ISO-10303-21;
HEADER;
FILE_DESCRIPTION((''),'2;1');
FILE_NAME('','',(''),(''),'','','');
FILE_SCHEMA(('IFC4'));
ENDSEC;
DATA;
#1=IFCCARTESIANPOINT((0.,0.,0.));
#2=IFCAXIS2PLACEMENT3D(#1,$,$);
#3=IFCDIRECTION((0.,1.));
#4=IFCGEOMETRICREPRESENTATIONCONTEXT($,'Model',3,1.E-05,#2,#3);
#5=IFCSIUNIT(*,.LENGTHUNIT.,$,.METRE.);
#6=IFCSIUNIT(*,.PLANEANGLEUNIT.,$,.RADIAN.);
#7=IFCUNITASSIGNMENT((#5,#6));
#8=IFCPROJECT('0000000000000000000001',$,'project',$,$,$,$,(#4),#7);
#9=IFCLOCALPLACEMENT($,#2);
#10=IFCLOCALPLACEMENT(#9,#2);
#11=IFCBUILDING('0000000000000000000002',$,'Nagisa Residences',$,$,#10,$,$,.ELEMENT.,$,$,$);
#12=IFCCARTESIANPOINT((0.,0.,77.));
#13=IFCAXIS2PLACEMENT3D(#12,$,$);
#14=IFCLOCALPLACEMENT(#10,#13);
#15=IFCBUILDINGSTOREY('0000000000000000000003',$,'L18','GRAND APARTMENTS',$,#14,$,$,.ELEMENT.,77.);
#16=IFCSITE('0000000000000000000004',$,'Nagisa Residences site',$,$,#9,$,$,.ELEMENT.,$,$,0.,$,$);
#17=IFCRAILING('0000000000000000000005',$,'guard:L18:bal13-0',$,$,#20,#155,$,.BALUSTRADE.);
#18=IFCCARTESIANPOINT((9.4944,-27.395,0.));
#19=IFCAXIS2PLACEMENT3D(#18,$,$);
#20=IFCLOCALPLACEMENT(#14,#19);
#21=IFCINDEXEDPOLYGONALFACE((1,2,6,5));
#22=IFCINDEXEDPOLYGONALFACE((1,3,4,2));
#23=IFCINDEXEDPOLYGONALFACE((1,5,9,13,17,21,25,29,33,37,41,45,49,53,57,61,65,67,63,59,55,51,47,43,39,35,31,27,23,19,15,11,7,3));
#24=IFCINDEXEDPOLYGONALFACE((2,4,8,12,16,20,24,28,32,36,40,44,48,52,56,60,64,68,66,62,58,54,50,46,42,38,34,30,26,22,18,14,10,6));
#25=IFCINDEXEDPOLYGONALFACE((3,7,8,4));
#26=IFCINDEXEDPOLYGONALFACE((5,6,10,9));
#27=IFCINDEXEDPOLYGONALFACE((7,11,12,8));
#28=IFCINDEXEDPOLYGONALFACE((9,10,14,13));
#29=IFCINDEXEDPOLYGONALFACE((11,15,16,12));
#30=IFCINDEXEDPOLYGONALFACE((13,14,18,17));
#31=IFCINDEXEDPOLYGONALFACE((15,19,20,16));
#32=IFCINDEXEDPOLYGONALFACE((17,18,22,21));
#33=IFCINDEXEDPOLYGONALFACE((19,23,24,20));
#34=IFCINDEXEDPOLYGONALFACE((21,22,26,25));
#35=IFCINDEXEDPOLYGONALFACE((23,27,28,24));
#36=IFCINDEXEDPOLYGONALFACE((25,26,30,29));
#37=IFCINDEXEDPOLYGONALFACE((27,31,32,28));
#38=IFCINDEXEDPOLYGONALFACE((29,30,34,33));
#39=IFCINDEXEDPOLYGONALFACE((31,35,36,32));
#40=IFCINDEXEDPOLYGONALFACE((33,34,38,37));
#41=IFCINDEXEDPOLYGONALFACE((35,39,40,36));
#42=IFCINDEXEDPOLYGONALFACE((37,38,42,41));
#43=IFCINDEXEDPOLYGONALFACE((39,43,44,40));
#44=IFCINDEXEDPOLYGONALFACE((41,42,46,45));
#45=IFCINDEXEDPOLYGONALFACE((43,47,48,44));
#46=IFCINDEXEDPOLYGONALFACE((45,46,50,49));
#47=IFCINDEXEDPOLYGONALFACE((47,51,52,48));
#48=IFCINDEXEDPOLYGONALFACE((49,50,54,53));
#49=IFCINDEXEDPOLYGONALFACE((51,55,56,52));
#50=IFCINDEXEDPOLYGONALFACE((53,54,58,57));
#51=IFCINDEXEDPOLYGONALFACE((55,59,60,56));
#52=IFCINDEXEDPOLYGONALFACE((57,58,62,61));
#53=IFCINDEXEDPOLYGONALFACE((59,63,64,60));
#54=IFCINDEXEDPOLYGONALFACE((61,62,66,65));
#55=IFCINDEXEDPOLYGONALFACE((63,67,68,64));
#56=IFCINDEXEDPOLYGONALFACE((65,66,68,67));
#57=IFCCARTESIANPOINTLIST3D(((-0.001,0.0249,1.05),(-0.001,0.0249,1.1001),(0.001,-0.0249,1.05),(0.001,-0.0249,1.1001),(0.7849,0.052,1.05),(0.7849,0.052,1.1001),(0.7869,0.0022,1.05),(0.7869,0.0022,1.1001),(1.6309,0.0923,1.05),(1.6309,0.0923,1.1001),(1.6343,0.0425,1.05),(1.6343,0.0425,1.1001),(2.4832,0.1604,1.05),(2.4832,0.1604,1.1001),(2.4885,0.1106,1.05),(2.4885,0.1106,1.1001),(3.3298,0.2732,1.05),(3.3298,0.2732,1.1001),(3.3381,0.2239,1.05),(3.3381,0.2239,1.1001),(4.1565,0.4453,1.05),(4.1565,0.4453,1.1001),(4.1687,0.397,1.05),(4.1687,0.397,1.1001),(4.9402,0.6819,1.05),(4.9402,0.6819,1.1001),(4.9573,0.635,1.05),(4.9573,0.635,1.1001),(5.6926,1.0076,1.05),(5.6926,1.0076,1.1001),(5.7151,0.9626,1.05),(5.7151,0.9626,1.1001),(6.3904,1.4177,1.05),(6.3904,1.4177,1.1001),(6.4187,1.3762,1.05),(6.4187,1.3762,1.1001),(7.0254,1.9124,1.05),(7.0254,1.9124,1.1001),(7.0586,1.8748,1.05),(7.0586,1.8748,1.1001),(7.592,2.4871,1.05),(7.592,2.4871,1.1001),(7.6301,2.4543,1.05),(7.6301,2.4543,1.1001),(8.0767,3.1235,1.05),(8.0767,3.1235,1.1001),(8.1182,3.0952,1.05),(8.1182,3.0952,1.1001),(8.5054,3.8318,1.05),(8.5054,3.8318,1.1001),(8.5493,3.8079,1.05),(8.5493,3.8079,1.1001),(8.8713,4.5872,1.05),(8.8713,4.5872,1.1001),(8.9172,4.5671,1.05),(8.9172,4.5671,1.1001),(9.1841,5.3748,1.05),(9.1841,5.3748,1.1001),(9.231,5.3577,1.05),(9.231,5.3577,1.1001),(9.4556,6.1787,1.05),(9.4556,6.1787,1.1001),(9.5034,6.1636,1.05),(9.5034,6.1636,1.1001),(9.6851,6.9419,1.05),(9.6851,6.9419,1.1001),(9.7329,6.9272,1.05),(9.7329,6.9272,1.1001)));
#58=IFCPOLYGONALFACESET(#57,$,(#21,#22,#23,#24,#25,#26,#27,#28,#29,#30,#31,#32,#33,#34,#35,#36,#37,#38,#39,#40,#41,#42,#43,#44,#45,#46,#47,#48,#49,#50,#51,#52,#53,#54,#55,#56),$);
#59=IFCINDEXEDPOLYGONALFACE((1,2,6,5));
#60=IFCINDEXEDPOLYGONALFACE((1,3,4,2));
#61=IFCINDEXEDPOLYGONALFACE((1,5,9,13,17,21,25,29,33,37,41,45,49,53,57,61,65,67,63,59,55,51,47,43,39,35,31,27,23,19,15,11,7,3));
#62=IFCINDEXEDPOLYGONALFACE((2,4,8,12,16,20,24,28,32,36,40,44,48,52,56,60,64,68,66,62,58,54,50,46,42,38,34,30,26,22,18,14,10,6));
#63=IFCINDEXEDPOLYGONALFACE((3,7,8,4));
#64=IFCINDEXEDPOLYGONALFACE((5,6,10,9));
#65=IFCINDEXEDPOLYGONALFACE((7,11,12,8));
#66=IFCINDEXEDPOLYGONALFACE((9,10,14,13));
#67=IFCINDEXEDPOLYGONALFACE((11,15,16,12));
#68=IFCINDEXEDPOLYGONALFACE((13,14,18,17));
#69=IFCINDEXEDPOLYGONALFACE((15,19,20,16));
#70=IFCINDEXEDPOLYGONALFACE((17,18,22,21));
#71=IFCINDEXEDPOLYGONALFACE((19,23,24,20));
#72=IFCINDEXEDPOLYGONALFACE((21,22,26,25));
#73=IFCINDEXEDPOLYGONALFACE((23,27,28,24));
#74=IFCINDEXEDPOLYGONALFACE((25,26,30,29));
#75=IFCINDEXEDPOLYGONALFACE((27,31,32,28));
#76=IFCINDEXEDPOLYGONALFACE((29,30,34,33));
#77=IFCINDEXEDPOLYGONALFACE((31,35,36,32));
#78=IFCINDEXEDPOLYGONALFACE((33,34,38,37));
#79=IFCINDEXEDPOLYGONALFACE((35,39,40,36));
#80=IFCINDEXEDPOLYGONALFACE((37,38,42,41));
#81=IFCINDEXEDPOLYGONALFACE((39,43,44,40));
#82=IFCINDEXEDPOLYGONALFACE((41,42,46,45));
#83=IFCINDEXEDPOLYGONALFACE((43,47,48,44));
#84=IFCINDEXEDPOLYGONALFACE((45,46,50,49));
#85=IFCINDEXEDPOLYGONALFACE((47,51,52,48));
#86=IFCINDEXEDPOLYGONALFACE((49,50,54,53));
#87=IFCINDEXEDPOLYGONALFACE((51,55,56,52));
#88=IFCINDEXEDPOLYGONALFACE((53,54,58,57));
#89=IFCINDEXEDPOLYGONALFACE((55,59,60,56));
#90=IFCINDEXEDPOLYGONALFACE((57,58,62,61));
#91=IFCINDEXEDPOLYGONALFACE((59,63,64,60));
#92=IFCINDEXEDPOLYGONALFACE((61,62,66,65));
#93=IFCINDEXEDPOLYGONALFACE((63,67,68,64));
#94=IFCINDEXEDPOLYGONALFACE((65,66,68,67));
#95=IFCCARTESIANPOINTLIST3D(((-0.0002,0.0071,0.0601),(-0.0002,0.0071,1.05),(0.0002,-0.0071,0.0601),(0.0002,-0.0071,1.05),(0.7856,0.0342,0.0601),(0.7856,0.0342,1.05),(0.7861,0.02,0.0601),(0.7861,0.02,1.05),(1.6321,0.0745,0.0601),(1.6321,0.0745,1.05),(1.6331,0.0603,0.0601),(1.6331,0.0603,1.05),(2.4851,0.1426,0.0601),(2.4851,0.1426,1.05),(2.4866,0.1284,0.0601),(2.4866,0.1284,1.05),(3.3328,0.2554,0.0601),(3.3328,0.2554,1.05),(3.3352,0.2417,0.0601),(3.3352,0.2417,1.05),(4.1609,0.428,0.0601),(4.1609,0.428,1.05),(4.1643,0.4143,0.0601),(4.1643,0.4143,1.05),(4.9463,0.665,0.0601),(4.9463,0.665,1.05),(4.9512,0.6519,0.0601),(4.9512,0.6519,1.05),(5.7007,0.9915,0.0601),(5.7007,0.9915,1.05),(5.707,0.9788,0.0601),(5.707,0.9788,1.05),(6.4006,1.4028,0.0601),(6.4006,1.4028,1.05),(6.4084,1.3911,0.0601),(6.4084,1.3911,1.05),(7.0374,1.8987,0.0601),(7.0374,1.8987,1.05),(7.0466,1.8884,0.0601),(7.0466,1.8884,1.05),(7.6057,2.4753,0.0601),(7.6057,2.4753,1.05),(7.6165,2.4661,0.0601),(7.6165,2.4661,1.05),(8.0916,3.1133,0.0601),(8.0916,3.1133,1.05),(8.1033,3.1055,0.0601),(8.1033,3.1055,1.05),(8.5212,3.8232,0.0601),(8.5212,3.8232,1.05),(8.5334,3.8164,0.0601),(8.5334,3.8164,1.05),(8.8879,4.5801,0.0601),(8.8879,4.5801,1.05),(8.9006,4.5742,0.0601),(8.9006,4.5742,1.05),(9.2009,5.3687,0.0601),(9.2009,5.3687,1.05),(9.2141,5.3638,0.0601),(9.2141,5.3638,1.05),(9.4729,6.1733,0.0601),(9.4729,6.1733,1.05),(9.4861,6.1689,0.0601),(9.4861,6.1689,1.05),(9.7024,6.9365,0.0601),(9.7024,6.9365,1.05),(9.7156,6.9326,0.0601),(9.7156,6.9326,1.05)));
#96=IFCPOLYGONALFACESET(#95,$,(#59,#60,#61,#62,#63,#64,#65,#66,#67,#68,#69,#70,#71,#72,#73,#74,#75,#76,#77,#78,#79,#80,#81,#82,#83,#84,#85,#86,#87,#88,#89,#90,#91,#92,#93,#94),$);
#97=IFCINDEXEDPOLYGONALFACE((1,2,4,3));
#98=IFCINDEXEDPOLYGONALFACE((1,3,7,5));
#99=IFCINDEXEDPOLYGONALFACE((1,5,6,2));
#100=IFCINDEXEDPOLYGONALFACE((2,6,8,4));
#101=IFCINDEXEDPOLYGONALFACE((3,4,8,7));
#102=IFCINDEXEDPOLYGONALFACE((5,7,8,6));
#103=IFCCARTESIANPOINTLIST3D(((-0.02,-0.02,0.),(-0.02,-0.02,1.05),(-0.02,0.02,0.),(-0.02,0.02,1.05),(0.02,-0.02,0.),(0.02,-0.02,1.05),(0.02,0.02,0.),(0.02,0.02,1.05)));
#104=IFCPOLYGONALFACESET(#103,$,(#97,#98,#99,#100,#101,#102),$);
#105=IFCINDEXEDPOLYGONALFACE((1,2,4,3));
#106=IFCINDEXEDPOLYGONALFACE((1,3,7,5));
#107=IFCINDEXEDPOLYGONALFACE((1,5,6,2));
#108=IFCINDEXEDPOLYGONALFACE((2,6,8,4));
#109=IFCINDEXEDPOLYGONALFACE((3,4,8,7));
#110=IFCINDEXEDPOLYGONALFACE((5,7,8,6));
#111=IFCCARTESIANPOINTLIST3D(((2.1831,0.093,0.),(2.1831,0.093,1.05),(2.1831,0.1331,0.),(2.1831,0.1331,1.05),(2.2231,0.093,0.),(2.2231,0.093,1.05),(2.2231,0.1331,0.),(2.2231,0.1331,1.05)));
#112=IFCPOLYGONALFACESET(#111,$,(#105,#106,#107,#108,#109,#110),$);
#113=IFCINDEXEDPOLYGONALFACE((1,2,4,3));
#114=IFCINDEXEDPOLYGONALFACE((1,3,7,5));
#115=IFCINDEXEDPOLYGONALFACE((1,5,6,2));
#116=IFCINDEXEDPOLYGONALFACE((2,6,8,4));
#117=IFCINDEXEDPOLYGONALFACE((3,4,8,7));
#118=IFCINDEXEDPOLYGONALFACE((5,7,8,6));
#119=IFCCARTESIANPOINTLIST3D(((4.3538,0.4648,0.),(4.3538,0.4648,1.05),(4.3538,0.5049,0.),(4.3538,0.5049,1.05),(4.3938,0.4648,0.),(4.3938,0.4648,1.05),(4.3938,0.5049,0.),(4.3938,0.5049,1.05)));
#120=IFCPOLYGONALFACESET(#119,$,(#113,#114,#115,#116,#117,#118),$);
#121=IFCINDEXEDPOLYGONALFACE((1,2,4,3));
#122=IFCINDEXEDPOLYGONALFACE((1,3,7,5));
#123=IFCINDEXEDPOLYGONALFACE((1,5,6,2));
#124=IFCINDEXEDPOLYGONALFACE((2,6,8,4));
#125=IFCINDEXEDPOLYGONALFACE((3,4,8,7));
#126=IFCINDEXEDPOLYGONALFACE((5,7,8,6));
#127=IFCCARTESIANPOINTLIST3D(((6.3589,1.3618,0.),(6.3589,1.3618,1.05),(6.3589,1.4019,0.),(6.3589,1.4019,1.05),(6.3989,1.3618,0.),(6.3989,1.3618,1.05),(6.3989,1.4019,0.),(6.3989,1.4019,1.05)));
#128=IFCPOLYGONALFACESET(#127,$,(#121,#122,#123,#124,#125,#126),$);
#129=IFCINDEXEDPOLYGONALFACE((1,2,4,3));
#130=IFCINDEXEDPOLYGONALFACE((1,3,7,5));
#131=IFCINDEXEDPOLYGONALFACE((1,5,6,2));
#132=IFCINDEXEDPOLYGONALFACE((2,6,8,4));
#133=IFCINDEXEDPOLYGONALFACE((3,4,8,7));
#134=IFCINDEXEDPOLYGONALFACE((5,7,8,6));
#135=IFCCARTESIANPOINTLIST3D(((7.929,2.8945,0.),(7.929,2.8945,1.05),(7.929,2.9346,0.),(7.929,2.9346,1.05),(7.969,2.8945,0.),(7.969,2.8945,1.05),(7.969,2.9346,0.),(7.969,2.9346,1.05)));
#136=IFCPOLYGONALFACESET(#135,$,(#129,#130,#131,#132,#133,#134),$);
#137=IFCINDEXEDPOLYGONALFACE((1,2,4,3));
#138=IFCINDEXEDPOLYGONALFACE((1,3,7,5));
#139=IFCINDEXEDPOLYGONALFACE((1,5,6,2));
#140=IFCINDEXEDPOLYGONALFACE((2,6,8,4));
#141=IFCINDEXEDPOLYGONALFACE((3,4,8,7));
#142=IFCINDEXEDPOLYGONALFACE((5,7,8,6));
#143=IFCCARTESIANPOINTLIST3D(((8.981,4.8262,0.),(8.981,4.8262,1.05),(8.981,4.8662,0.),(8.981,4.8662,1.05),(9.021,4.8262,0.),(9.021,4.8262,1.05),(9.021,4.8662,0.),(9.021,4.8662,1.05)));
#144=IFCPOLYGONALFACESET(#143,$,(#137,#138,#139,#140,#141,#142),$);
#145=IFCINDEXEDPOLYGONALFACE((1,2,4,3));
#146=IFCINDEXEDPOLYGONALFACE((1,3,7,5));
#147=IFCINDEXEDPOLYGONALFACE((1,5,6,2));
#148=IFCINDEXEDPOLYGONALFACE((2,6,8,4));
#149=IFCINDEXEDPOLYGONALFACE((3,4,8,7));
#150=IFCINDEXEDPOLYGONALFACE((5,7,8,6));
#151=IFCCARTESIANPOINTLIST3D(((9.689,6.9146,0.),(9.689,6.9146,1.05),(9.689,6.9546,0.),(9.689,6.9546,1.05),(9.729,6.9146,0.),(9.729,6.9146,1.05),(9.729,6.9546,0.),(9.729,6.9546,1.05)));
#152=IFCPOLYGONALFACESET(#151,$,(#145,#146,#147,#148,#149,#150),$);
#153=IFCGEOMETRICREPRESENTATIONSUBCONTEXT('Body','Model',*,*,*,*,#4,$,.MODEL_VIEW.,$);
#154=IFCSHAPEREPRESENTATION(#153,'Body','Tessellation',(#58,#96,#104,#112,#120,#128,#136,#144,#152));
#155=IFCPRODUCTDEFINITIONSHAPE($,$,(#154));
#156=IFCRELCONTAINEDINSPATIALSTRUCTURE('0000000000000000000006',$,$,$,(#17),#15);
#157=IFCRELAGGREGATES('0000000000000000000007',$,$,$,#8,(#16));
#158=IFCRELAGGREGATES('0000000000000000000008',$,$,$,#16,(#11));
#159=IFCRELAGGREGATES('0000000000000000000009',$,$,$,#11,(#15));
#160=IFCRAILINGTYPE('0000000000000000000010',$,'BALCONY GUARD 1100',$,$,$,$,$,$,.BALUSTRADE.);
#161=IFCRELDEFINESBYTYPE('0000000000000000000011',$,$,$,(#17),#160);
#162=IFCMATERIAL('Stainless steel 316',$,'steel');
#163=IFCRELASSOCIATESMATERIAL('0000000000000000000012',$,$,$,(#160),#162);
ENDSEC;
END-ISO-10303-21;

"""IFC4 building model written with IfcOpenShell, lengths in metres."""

from ifc_helpers import new_model, si_unit, direction, frame, origin, origin_2d, place, context, subcontext, project, spatial, polyline, rectangle, outline, extrude, material, type_object, element, save


model = new_model("IFC4")

# Units and contexts
model_context = context("Model", 3, precision=1e-05, world=origin(), true_north=direction((0.0, 1.0)))
body_context = subcontext(model_context, "Body", "Model", "MODEL_VIEW")
ifc_project = project(units=[si_unit("LENGTHUNIT", "METRE"), si_unit("PLANEANGLEUNIT", "RADIAN")], contexts=[model_context])

# Site, building, storey
site_placement = place(None, origin())
site = spatial("IfcSite", under=ifc_project, at=site_placement, Name="Nagisa Residences site", CompositionType="ELEMENT", RefElevation=0.0)
building_placement = place(site_placement, origin())
building = spatial("IfcBuilding", under=site, at=building_placement, Name="Nagisa Residences", CompositionType="ELEMENT")
storey_placement = place(building_placement, frame((0.0, 0.0, 77.0)))
storey = spatial("IfcBuildingStorey", under=building, at=storey_placement, Name="L18", Description="GRAND APARTMENTS", CompositionType="ELEMENT", Elevation=77.0)

# Railing
ifc_material_1 = material(Name="Stainless steel 316", Category="steel")
railing_type = type_object("IfcRailingType", Name="BALCONY GUARD 1100", PredefinedType="BALUSTRADE", material=ifc_material_1)
railing_placement = place(storey_placement, frame((9.4944, -27.395, 0.0)))
element("IfcRailing", 1, at=railing_placement, inside=storey, type_object=railing_type, Name="guard:L18:bal13-0", PredefinedType="BALUSTRADE", context=body_context, shape_type="SweptSolid", body=[
    extrude(outline(polyline([(0.7849, 0.052), (-0.001, 0.0249), (0.001, -0.0249), (0.7869, 0.0022), (1.6343, 0.0425), (2.4885, 0.1106), (3.3381, 0.2239), (4.1687, 0.397), (4.9573, 0.635), (5.7151, 0.9626), (6.4187, 1.3762), (7.0586, 1.8748), (7.6301, 2.4543), (8.1182, 3.0952), (8.5493, 3.8079), (8.9172, 4.5671), (9.231, 5.3577), (9.5034, 6.1636), (9.7329, 6.9272), (9.6851, 6.9419), (9.4556, 6.1787), (9.1841, 5.3748), (8.8713, 4.5872), (8.5054, 3.8318), (8.0767, 3.1235), (7.592, 2.4871), (7.0254, 1.9124), (6.3904, 1.4177), (5.6926, 1.0076), (4.9402, 0.6819), (4.1565, 0.4453), (3.3298, 0.2732), (2.4832, 0.1604), (1.6309, 0.0923), (0.7849, 0.052)])), frame((0.0, 0.0, 1.05)), (0.0, 0.0, 1.0), 0.05),
    extrude(outline(polyline([(0.7856, 0.0342), (-0.0002, 0.0071), (0.0002, -0.0071), (0.7861, 0.02), (1.6331, 0.0603), (2.4866, 0.1284), (3.3352, 0.2417), (4.1643, 0.4143), (4.9512, 0.6519), (5.707, 0.9788), (6.4084, 1.3911), (7.0466, 1.8884), (7.6165, 2.4661), (8.1033, 3.1055), (8.5334, 3.8164), (8.9006, 4.5742), (9.2141, 5.3638), (9.4861, 6.1689), (9.7156, 6.9326), (9.7024, 6.9365), (9.4729, 6.1733), (9.2009, 5.3687), (8.8879, 4.5801), (8.5212, 3.8232), (8.0916, 3.1133), (7.6057, 2.4753), (7.0374, 1.8987), (6.4006, 1.4028), (5.7007, 0.9915), (4.9463, 0.665), (4.1609, 0.428), (3.3328, 0.2554), (2.4851, 0.1426), (1.6321, 0.0745), (0.7856, 0.0342)])), frame((0.0, 0.0, 0.0601)), (0.0, 0.0, 1.0), 0.99),
    extrude(rectangle(XDim=0.04, YDim=0.04, at=origin_2d()), origin(), (0.0, 0.0, 1.0), 1.05),
    extrude(rectangle(XDim=0.04, YDim=0.04, at=origin_2d()), frame((2.2031, 0.113, 0.0)), (0.0, 0.0, 1.0), 1.05),
    extrude(rectangle(XDim=0.04, YDim=0.04, at=origin_2d()), frame((4.3738, 0.4849, 0.0)), (0.0, 0.0, 1.0), 1.05),
    extrude(rectangle(XDim=0.04, YDim=0.04, at=origin_2d()), frame((6.3789, 1.3818, 0.0)), (0.0, 0.0, 1.0), 1.05),
    extrude(rectangle(XDim=0.04, YDim=0.04, at=origin_2d()), frame((7.949, 2.9146, 0.0)), (0.0, 0.0, 1.0), 1.05),
    extrude(rectangle(XDim=0.04, YDim=0.04, at=origin_2d()), frame((9.001, 4.8462, 0.0)), (0.0, 0.0, 1.0), 1.05),
    extrude(rectangle(XDim=0.04, YDim=0.04, at=origin_2d()), frame((9.709, 6.9346, 0.0)), (0.0, 0.0, 1.0), 1.05),
])

save(model, "model.ifc")
